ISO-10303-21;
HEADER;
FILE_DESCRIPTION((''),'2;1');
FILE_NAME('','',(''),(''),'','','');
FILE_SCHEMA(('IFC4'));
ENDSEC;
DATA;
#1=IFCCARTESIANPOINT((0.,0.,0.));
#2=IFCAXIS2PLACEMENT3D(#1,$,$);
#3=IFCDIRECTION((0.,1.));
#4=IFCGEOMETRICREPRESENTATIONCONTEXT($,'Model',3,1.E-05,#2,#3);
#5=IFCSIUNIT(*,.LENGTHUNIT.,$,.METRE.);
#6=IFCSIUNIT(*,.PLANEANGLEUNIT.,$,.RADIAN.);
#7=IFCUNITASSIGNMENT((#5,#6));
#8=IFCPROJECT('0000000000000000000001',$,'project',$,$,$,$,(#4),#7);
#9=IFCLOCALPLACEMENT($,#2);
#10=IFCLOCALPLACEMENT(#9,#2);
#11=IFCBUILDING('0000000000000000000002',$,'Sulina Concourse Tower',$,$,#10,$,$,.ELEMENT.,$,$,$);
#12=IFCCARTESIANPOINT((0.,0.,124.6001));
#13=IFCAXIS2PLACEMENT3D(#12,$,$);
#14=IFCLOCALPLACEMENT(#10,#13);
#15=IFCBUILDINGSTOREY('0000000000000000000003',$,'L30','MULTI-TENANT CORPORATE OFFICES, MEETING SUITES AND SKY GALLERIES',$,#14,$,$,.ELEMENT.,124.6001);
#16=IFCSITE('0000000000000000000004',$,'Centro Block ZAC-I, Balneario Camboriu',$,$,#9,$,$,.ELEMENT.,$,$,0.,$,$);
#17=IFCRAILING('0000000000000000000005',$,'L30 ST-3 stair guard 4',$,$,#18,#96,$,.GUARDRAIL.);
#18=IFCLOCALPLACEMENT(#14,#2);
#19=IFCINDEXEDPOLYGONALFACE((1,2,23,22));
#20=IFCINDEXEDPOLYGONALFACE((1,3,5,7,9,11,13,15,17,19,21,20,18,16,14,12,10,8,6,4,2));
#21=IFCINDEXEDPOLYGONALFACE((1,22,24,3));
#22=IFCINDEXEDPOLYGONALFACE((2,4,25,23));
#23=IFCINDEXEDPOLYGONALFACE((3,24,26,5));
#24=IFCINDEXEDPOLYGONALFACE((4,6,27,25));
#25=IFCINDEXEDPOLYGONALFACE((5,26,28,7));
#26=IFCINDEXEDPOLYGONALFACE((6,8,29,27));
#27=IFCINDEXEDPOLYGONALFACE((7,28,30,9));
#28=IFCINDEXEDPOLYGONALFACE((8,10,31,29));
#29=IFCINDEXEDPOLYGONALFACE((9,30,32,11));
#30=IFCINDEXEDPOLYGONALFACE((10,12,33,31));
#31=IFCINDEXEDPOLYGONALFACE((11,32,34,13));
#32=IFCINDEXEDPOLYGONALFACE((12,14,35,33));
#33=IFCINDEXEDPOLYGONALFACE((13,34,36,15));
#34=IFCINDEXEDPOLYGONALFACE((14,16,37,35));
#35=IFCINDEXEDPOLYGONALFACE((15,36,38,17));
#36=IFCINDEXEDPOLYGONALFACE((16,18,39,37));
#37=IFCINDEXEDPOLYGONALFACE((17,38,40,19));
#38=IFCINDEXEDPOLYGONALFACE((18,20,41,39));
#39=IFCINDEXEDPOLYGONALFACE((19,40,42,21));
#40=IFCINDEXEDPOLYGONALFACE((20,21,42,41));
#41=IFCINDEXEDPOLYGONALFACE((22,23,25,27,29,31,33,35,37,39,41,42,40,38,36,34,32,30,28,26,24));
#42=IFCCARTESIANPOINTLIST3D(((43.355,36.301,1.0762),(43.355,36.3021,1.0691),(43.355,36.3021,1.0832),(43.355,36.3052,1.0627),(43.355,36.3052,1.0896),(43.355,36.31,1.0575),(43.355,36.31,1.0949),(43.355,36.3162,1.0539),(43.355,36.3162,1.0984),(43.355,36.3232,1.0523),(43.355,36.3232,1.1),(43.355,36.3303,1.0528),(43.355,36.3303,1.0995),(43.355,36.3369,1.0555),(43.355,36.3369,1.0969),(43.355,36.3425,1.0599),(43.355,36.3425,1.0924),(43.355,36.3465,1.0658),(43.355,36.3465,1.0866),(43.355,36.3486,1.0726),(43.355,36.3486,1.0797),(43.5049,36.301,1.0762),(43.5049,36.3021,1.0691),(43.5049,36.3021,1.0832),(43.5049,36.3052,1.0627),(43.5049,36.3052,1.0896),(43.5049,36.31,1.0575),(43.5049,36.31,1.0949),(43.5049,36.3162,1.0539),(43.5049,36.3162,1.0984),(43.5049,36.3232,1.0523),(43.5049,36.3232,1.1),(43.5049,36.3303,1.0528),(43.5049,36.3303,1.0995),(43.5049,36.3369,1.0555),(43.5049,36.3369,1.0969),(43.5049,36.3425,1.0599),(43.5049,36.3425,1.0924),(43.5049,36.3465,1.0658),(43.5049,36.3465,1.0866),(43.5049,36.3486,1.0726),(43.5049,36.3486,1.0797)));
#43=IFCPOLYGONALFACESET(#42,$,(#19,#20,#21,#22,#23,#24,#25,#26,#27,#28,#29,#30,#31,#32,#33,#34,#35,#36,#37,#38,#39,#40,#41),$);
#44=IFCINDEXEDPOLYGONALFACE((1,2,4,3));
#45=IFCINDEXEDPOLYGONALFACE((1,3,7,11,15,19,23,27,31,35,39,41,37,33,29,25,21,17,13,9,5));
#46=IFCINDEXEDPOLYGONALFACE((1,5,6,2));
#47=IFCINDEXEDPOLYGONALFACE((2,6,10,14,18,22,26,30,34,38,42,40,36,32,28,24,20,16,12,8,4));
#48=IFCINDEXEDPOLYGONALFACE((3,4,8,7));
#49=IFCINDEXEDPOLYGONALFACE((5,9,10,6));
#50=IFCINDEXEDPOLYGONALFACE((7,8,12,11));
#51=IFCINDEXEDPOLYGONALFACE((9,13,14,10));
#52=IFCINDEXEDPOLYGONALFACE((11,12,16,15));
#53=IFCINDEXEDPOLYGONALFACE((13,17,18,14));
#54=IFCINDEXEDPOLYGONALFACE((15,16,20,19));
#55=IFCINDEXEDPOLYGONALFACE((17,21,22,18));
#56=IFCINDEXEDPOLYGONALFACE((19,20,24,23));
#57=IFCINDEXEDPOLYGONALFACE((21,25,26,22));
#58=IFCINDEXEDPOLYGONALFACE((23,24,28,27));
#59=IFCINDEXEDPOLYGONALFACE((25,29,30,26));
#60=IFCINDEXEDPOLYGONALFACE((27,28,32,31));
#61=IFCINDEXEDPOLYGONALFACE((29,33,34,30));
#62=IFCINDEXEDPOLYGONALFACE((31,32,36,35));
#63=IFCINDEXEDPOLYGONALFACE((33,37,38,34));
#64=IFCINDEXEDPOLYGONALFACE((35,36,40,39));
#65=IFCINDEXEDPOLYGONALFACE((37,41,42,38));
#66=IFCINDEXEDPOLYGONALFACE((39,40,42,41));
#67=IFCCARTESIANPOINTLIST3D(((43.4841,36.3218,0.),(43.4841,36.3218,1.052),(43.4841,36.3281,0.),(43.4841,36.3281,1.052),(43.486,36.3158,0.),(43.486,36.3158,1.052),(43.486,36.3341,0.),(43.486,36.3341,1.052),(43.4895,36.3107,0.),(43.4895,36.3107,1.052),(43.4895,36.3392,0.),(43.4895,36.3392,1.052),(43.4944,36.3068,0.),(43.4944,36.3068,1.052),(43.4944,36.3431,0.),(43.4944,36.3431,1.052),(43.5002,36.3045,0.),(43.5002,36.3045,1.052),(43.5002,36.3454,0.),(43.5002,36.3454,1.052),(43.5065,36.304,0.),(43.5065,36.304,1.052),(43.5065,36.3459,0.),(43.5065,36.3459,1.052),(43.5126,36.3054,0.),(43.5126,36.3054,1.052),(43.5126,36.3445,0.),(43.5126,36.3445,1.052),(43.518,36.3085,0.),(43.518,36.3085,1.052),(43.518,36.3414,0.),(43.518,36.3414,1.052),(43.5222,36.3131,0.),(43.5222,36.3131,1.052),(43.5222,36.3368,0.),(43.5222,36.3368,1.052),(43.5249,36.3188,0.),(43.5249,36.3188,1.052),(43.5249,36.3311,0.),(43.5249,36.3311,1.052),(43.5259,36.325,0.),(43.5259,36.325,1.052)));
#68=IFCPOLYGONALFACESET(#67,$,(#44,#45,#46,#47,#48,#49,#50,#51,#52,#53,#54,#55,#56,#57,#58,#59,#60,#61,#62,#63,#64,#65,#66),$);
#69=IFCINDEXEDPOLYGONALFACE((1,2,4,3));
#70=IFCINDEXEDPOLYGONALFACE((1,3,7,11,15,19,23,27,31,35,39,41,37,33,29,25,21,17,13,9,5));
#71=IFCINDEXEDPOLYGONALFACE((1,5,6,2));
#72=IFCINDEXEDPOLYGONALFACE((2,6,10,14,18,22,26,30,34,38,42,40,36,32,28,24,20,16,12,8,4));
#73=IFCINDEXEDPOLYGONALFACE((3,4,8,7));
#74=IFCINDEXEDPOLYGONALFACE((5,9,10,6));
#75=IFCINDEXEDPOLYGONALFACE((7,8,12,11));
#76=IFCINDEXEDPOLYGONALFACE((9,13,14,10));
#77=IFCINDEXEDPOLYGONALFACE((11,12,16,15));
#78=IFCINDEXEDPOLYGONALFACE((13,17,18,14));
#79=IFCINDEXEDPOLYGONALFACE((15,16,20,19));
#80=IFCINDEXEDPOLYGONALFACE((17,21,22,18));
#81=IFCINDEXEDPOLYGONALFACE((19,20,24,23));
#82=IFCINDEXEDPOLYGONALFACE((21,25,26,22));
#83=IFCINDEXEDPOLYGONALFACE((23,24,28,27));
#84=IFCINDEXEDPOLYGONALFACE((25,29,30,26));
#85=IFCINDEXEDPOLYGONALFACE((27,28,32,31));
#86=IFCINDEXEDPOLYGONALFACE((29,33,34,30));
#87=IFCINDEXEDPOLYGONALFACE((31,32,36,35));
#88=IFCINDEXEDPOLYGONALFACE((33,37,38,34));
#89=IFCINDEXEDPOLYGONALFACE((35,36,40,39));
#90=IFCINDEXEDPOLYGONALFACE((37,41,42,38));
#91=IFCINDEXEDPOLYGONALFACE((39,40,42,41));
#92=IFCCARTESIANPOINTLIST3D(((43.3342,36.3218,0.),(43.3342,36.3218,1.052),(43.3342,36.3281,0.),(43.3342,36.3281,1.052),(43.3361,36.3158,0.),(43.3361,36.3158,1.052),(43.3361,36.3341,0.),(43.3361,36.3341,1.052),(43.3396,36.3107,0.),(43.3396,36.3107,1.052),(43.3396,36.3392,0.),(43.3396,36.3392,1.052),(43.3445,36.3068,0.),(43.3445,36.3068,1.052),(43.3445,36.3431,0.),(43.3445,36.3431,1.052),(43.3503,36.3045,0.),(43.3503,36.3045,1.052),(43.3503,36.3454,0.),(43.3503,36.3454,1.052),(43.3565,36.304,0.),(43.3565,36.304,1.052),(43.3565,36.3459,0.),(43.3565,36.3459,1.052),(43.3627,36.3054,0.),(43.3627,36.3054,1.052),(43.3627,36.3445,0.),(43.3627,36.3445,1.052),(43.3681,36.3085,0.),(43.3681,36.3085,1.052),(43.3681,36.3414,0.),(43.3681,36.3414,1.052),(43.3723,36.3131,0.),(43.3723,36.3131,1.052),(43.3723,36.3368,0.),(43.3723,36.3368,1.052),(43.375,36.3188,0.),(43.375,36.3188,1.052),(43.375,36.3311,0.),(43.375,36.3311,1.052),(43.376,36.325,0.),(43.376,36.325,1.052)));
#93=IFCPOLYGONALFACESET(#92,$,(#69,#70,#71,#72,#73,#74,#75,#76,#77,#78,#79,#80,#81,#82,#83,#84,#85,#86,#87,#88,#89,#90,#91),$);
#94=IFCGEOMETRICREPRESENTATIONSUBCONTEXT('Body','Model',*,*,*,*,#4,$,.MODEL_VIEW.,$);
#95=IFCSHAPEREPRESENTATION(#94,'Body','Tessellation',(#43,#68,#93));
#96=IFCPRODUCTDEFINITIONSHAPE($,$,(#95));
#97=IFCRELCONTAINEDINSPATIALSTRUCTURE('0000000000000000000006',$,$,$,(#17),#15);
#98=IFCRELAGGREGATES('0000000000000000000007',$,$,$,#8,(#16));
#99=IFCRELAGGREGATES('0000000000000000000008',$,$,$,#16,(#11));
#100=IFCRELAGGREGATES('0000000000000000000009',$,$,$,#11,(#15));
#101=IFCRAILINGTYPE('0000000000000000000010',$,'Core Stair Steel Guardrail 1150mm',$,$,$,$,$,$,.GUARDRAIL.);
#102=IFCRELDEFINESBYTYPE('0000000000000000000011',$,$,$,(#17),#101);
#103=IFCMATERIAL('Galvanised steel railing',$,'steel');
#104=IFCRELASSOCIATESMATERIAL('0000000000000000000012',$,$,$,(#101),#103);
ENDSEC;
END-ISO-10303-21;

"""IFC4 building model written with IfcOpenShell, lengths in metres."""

from ifc_helpers import new_model, si_unit, direction, frame, origin, origin_2d, place, context, subcontext, project, spatial, circle, extrude, material, type_object, element, save


model = new_model("IFC4")

# Units and contexts
model_context = context("Model", 3, precision=1e-05, world=origin(), true_north=direction((0.0, 1.0)))
body_context = subcontext(model_context, "Body", "Model", "MODEL_VIEW")
ifc_project = project(units=[si_unit("LENGTHUNIT", "METRE"), si_unit("PLANEANGLEUNIT", "RADIAN")], contexts=[model_context])

# Site, building, storey
site_placement = place(None, origin())
site = spatial("IfcSite", under=ifc_project, at=site_placement, Name="Centro Block ZAC-I, Balneario Camboriu", CompositionType="ELEMENT", RefElevation=0.0)
building_placement = place(site_placement, origin())
building = spatial("IfcBuilding", under=site, at=building_placement, Name="Sulina Concourse Tower", CompositionType="ELEMENT")
storey_placement = place(building_placement, frame((0.0, 0.0, 124.6001)))
storey = spatial("IfcBuildingStorey", under=building, at=storey_placement, Name="L30", Description="MULTI-TENANT CORPORATE OFFICES, MEETING SUITES AND SKY GALLERIES", CompositionType="ELEMENT", Elevation=124.6001)

# Railing
ifc_material_1 = material(Name="Galvanised steel railing", Category="steel")
railing_type_1 = type_object("IfcRailingType", Name="Core Stair Steel Guardrail 1150mm", PredefinedType="GUARDRAIL", material=ifc_material_1)
railing_1_placement = place(storey_placement, frame((43.5049, 36.325, 0.0)))
element("IfcRailing", 1, at=railing_1_placement, inside=storey, type_object=railing_type_1, Name="L30 ST-3 stair guard 4", PredefinedType="GUARDRAIL", context=body_context, shape_type="SweptSolid", body=[
    extrude(circle(Radius=0.0239, at=origin_2d()), frame((0.0, 0.0, 1.0762), z_axis=(-1.0, 0.0, 0.0), x_axis=(0.0, -1.0, 0.0)), (0.0, 0.0, 1.0), 0.1499),
    extrude(circle(Radius=0.021, at=origin_2d()), origin(), (0.0, 0.0, 1.0), 1.052),
    extrude(circle(Radius=0.021, at=origin_2d()), frame((-0.1499, 0.0, 0.0)), (0.0, 0.0, 1.0), 1.052),
])

save(model, "model.ifc")
